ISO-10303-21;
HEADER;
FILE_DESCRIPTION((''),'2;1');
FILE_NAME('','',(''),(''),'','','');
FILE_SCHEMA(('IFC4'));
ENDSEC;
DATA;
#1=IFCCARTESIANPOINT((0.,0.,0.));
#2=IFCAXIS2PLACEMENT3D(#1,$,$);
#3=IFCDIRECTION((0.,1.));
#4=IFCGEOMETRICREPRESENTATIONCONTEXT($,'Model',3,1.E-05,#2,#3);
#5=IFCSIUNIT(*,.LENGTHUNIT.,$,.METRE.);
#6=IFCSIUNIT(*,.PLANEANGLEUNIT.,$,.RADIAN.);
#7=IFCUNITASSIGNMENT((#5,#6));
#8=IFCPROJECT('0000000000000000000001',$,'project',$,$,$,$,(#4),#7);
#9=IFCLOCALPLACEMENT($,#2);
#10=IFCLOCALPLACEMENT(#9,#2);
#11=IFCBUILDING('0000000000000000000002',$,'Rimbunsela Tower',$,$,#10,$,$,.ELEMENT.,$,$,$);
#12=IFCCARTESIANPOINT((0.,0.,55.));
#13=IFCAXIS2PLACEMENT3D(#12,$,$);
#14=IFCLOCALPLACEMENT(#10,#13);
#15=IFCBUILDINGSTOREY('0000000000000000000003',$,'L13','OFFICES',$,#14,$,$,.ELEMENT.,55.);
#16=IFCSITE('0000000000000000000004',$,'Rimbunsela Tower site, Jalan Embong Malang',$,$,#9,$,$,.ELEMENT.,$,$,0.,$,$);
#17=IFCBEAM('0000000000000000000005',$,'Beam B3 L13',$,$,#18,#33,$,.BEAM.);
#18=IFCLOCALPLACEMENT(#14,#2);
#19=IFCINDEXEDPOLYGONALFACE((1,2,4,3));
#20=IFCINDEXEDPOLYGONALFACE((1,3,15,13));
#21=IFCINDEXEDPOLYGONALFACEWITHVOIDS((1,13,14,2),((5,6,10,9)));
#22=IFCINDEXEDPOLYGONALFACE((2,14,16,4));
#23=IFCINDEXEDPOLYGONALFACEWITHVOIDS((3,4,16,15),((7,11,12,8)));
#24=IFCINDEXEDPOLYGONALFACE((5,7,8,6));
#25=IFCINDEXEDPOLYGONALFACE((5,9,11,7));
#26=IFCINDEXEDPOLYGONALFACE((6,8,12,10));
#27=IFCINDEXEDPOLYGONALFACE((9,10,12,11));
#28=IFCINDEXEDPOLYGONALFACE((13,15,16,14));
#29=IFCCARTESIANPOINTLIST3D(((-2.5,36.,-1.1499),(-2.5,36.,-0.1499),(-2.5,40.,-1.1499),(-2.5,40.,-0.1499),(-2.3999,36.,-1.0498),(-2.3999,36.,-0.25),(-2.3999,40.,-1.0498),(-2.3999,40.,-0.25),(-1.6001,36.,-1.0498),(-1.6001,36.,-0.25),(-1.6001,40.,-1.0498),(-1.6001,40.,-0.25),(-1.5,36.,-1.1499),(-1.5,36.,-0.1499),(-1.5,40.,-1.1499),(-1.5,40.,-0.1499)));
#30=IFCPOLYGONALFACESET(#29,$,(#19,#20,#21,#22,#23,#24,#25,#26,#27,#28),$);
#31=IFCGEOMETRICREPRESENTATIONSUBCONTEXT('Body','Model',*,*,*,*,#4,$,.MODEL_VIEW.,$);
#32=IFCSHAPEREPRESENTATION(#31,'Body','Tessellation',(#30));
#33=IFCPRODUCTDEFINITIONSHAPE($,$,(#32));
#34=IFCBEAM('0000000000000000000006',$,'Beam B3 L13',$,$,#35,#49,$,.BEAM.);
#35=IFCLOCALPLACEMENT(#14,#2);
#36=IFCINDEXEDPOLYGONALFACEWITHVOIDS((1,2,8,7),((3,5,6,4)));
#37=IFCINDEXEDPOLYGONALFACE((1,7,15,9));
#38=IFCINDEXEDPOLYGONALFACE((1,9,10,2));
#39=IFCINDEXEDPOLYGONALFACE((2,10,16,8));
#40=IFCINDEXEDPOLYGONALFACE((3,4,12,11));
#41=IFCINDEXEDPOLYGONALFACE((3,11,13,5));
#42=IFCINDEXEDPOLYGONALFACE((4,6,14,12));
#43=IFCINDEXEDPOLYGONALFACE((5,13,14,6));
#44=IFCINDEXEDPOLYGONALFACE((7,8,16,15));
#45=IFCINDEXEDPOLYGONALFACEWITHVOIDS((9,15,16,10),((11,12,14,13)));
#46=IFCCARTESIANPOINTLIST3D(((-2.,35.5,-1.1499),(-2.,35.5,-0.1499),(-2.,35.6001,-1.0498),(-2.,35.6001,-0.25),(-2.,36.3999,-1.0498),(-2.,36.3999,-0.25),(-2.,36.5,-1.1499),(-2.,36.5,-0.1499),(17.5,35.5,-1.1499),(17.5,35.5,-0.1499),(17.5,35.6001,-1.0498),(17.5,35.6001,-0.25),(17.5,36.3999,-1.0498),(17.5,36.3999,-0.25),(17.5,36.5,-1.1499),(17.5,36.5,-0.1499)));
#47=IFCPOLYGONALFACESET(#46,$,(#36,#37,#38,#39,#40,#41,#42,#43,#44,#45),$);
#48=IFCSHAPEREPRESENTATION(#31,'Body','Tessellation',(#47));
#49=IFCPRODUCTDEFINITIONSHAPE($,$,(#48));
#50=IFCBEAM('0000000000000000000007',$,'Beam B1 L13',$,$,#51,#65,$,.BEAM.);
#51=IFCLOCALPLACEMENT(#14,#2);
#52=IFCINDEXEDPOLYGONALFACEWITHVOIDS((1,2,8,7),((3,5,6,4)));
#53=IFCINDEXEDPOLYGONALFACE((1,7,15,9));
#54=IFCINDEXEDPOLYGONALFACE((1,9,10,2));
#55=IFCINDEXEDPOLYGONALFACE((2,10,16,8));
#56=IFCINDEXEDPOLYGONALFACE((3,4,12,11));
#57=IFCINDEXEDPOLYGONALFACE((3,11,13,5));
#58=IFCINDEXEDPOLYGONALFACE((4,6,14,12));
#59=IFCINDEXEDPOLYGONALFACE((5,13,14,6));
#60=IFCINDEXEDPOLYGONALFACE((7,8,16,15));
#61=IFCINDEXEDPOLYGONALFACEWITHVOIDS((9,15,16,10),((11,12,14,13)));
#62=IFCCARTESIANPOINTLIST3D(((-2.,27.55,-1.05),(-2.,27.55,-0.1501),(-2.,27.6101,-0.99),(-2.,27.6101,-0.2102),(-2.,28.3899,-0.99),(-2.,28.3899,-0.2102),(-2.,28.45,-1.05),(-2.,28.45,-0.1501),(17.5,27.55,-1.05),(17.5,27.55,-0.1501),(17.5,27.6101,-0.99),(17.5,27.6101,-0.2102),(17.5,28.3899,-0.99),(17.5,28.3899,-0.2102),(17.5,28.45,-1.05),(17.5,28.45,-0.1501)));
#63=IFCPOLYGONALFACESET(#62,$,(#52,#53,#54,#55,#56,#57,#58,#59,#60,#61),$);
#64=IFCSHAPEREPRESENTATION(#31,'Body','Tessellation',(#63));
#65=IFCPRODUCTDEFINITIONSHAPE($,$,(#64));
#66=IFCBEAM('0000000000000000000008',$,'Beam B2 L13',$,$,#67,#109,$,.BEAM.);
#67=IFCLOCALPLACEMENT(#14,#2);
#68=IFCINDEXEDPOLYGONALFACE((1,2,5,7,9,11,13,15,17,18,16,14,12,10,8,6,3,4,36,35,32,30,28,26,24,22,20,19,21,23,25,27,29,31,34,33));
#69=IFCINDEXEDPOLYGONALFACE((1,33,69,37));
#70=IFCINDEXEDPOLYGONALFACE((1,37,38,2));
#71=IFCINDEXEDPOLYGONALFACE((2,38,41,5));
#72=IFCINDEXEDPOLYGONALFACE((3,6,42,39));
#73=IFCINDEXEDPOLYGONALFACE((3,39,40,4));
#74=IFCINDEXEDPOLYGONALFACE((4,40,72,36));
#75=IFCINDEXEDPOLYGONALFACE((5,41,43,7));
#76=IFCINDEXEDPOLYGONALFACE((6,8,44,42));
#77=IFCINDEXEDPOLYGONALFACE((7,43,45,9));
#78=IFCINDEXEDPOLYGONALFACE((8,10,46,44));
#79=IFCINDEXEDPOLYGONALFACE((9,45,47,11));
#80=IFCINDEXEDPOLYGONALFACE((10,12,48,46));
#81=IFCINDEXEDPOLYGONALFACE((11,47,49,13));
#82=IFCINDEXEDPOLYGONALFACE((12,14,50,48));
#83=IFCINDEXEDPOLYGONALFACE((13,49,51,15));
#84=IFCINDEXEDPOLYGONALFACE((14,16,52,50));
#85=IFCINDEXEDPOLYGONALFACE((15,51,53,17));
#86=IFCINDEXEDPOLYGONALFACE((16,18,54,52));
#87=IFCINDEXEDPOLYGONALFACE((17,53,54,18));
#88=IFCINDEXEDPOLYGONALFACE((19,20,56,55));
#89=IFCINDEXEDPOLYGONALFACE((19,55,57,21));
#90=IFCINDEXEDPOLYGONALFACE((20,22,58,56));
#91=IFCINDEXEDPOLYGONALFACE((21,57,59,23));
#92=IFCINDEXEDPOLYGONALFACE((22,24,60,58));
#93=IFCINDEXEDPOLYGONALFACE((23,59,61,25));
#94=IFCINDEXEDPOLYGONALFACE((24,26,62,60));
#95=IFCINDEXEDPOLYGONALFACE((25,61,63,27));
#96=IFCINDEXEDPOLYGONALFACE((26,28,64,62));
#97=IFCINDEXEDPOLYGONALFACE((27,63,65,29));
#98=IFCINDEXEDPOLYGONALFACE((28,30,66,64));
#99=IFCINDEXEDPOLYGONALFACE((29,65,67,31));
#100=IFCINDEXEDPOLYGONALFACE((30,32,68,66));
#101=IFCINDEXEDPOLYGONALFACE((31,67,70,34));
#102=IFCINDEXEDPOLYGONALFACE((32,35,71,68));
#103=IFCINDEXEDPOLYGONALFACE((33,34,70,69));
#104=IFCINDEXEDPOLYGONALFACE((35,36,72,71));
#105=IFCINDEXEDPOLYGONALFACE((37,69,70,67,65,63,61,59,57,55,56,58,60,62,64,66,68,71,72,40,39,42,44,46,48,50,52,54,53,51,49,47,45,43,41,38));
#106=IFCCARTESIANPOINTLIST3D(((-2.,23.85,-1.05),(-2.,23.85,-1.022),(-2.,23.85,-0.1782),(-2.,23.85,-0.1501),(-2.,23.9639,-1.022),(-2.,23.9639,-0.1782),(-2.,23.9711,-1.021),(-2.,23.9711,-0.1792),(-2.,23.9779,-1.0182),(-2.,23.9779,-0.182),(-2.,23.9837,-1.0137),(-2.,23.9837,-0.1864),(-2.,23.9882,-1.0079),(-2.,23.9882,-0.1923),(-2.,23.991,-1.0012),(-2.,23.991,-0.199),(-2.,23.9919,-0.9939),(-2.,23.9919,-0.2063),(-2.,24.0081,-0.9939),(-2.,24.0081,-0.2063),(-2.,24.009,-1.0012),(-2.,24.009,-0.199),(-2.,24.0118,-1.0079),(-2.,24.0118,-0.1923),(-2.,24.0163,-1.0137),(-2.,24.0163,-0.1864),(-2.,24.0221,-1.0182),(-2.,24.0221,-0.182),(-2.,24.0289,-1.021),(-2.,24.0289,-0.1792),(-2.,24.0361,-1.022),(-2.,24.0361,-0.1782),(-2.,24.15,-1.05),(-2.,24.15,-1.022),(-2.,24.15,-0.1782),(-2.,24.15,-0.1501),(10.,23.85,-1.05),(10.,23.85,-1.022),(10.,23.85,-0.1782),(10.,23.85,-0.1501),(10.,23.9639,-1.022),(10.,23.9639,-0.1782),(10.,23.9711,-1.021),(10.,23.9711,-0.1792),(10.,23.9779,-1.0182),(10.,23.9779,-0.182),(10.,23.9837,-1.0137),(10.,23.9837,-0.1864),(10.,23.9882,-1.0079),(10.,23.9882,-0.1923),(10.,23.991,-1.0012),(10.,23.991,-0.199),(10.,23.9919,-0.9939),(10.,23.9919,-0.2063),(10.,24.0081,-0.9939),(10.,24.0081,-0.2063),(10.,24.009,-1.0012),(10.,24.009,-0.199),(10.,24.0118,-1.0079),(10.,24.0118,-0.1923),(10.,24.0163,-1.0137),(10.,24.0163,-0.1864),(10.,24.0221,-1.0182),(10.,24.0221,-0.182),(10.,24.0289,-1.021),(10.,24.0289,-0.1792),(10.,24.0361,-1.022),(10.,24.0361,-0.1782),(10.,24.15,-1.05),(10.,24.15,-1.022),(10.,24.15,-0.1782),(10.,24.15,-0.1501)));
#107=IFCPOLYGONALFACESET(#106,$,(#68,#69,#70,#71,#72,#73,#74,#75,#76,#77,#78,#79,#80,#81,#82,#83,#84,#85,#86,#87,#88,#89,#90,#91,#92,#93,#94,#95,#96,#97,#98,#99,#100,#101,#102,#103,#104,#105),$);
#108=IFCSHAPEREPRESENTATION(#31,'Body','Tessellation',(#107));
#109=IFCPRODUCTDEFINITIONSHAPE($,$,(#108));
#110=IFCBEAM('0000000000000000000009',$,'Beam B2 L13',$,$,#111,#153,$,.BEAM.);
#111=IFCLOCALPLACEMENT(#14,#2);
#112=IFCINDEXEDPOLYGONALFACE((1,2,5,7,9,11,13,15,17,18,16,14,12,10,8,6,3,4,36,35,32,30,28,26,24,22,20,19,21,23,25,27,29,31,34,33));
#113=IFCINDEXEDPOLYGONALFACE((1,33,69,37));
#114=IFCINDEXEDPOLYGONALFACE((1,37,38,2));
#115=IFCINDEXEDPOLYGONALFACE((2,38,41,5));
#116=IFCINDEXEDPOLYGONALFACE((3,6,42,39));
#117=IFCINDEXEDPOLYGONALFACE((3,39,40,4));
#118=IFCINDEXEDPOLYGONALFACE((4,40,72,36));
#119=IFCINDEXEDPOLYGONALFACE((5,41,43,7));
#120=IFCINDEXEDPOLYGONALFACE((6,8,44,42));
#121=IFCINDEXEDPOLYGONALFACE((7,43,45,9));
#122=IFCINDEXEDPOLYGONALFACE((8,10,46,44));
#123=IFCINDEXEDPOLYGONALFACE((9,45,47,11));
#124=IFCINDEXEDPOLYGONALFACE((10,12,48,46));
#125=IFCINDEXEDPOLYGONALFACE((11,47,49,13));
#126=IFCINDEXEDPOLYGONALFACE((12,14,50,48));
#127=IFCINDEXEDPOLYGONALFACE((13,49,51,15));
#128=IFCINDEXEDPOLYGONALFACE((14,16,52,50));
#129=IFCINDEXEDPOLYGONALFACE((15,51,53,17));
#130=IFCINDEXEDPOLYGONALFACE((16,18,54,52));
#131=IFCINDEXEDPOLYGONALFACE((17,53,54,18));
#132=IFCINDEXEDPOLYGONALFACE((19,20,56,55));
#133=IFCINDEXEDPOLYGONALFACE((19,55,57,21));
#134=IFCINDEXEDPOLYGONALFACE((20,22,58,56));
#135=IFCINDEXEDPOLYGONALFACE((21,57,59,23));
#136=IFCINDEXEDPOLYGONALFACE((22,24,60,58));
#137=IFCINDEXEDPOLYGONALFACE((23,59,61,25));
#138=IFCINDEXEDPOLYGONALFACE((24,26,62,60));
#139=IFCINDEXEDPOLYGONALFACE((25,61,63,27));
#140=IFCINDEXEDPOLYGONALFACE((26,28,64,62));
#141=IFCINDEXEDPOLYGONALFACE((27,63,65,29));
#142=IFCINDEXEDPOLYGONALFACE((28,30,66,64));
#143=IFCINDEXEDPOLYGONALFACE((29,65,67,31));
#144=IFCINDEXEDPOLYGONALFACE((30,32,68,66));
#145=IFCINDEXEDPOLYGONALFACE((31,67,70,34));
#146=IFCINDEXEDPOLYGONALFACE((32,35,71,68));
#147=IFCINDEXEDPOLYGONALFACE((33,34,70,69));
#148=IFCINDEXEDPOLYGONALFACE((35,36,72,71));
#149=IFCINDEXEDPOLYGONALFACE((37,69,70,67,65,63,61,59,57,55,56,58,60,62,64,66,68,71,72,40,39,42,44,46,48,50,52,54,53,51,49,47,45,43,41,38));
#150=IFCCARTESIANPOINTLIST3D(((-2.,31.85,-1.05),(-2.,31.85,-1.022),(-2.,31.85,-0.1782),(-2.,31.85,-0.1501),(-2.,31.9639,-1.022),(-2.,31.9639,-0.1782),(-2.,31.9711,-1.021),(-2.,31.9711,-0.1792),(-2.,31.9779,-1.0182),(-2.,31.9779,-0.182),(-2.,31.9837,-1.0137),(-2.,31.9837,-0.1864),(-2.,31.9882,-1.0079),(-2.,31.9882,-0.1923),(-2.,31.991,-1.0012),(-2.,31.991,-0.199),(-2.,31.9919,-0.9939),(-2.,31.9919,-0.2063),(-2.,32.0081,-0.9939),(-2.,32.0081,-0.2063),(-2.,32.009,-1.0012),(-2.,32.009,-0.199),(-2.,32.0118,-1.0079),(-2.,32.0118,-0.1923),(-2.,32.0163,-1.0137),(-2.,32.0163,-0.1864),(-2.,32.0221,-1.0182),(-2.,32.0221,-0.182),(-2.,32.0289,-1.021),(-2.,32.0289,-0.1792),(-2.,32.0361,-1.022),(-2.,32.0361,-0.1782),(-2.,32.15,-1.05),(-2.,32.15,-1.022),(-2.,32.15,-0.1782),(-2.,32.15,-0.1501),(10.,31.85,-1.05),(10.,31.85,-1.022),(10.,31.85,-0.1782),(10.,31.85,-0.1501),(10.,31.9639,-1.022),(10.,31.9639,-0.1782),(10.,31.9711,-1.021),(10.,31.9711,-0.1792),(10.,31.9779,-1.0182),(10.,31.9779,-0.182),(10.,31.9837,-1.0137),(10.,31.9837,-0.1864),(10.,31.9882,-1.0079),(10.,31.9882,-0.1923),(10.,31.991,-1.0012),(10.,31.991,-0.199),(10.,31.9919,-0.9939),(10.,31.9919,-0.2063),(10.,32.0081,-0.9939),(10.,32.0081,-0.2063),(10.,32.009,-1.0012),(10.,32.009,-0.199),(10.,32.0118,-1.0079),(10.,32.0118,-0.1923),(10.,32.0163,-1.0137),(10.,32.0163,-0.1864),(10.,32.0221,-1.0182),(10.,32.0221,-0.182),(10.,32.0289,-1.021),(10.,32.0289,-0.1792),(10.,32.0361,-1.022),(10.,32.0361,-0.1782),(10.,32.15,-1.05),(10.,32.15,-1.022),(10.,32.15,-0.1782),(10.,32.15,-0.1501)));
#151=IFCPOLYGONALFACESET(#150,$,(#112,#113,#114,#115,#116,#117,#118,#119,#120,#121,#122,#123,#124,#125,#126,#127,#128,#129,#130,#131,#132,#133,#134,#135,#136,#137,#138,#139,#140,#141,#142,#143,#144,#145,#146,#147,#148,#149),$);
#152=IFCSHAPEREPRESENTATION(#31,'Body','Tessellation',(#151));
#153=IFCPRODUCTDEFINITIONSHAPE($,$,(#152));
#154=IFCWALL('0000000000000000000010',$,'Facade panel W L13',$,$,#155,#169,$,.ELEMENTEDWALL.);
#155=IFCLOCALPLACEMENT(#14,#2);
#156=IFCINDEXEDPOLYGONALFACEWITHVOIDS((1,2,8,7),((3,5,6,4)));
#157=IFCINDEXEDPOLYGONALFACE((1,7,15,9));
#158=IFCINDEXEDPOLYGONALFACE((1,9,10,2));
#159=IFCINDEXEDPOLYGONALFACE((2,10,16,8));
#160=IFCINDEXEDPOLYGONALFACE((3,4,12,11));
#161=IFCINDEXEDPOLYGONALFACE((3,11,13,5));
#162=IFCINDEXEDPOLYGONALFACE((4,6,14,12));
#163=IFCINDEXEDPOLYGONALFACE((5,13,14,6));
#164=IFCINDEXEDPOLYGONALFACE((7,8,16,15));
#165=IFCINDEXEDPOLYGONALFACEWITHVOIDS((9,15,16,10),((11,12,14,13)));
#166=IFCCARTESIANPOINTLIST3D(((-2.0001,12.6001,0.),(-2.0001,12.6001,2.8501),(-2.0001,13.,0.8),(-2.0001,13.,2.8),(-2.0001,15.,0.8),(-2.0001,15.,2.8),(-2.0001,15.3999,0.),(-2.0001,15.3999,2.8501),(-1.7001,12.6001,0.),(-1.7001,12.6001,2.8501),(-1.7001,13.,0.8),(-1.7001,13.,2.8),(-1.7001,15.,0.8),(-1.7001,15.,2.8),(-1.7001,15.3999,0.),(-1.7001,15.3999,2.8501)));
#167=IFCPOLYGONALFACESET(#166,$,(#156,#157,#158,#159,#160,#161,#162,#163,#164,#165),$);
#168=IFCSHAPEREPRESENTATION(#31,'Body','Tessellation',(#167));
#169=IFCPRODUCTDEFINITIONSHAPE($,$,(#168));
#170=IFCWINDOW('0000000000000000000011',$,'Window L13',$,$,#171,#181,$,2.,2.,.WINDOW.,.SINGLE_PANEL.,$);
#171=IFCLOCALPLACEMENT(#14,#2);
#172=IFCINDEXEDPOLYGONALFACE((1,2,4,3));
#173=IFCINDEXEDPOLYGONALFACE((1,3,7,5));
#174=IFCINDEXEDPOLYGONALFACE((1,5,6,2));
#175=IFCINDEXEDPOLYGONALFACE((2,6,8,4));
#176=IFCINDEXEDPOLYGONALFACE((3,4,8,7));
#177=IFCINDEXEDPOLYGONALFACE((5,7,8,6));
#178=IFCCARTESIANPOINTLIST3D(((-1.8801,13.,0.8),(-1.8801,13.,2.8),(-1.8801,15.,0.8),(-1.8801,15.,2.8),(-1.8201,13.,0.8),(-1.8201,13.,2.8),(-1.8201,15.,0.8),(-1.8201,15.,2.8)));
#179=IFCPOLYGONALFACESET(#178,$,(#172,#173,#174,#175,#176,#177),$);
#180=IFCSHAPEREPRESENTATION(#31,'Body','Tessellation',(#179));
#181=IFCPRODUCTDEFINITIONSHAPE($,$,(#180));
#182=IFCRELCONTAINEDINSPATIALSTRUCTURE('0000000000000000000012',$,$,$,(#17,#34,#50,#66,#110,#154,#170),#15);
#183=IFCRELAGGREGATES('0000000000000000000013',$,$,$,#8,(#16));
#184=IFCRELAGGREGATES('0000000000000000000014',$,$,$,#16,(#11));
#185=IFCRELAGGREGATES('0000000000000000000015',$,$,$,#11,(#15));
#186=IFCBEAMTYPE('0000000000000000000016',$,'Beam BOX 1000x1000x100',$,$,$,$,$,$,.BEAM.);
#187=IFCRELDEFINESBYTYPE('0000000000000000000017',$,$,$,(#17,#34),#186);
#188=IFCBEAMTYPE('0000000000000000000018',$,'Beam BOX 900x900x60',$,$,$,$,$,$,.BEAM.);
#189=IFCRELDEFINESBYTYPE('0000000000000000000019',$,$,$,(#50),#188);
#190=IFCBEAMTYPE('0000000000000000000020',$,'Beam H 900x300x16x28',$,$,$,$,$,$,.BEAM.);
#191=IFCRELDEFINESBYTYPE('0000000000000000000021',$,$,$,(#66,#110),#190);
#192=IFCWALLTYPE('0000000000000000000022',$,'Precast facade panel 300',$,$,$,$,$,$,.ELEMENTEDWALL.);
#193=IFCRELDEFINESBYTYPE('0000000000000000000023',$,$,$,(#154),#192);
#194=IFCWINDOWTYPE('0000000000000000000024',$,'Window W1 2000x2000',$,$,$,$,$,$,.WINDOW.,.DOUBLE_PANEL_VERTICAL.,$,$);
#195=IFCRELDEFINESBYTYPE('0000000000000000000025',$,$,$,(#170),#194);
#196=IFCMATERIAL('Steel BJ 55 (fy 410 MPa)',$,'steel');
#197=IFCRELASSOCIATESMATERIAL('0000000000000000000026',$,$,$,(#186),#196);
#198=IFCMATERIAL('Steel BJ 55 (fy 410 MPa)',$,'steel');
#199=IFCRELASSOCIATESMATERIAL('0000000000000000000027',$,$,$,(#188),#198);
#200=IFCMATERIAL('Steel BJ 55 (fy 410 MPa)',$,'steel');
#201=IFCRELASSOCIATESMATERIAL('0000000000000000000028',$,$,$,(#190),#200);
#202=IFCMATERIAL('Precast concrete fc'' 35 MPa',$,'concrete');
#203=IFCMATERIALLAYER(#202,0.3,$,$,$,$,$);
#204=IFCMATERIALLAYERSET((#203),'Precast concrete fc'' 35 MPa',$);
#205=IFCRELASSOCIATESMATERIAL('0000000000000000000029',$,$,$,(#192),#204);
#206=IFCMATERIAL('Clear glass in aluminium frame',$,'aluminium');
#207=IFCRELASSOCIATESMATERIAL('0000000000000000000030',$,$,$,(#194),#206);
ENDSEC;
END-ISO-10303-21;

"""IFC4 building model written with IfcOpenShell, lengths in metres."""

from ifc_helpers import new_model, si_unit, direction, frame, frame_2d, origin, origin_2d, place, context, subcontext, project, spatial, rectangle, hollow_rectangle, i_section, extrude, material, layer, layer_set, material_profile, profile_set, type_object, element, fill, save


model = new_model("IFC4")

# Units and contexts
model_context = context("Model", 3, precision=1e-05, world=origin(), true_north=direction((0.0, 1.0)))
body_context = subcontext(model_context, "Body", "Model", "MODEL_VIEW")
ifc_project = project(units=[si_unit("LENGTHUNIT", "METRE"), si_unit("PLANEANGLEUNIT", "RADIAN")], contexts=[model_context])

# Site, building, storey
site_placement = place(None, origin())
site = spatial("IfcSite", under=ifc_project, at=site_placement, Name="Rimbunsela Tower site, Jalan Embong Malang", CompositionType="ELEMENT", RefElevation=0.0)
building_placement = place(site_placement, origin())
building = spatial("IfcBuilding", under=site, at=building_placement, Name="Rimbunsela Tower", CompositionType="ELEMENT")
storey_placement = place(building_placement, frame((0.0, 0.0, 55.0)))
storey = spatial("IfcBuildingStorey", under=building, at=storey_placement, Name="L13", Description="OFFICES", CompositionType="ELEMENT", Elevation=55.0)

# Beams
ifc_material_1 = material(Name="Steel BJ 55 (fy 410 MPa)", Category="steel")
ifc_material_profile_1 = material_profile(ifc_material_1, hollow_rectangle(XDim=1.0, YDim=1.0, WallThickness=0.1001, at=origin_2d()), Name="BOX 1000x1000x100")
ifc_profile_set_1 = profile_set([ifc_material_profile_1], Name="Steel BJ 55 (fy 410 MPa)")
beam_type_1 = type_object("IfcBeamType", Name="Beam BOX 1000x1000x100", PredefinedType="BEAM", material=ifc_profile_set_1)
for number, where, z_axis, x_axis, name in (
    (1, (-2.0, 36.0, -0.6499), (0.0, 1.0, 0.0), (-1.0, 0.0, 0.0), "Beam B3 L13"),
):
    element("IfcBeam", number, at=place(storey_placement, frame(where, z_axis=z_axis, x_axis=x_axis)), inside=storey, type_object=beam_type_1, Name=name, PredefinedType="BEAM", context=body_context, shape_type="SweptSolid", body=[
        extrude(hollow_rectangle(XDim=1.0, YDim=1.0, WallThickness=0.1001, at=origin_2d()), origin(), (0.0, 0.0, 1.0), 4.0),
    ])
beam_1_placement = place(storey_placement, frame((-2.0, 36.0, -0.6499), z_axis=(1.0, 0.0, 0.0), x_axis=(0.0, 1.0, 0.0)))
element("IfcBeam", 2, at=beam_1_placement, inside=storey, type_object=beam_type_1, Name="Beam B3 L13", PredefinedType="BEAM", context=body_context, shape_type="SweptSolid", body=[
    extrude(hollow_rectangle(XDim=1.0, YDim=1.0, WallThickness=0.1001, at=origin_2d()), origin(), (0.0, 0.0, 1.0), 19.5),
])
ifc_material_2 = material(Name="Steel BJ 55 (fy 410 MPa)", Category="steel")
ifc_material_profile_2 = material_profile(ifc_material_2, hollow_rectangle(XDim=0.8999, YDim=0.8999, WallThickness=0.0601, at=origin_2d()), Name="BOX 900x900x60")
ifc_profile_set_2 = profile_set([ifc_material_profile_2], Name="Steel BJ 55 (fy 410 MPa)")
beam_type_2 = type_object("IfcBeamType", Name="Beam BOX 900x900x60", PredefinedType="BEAM", material=ifc_profile_set_2)
beam_2_placement = place(storey_placement, frame((-2.0, 28.0, -0.6001), z_axis=(1.0, 0.0, 0.0), x_axis=(0.0, 1.0, 0.0)))
element("IfcBeam", 3, at=beam_2_placement, inside=storey, type_object=beam_type_2, Name="Beam B1 L13", PredefinedType="BEAM", context=body_context, shape_type="SweptSolid", body=[
    extrude(hollow_rectangle(XDim=0.8999, YDim=0.8999, WallThickness=0.0601, at=origin_2d()), origin(), (0.0, 0.0, 1.0), 19.5),
])
ifc_material_3 = material(Name="Steel BJ 55 (fy 410 MPa)", Category="steel")
ifc_material_profile_3 = material_profile(ifc_material_3, i_section(OverallWidth=0.3, OverallDepth=0.8999, WebThickness=0.0161, FlangeThickness=0.0281, FilletRadius=0.0281, at=origin_2d()), Name="H 900x300x16x28")
ifc_profile_set_3 = profile_set([ifc_material_profile_3], Name="Steel BJ 55 (fy 410 MPa)")
beam_type_3 = type_object("IfcBeamType", Name="Beam H 900x300x16x28", PredefinedType="BEAM", material=ifc_profile_set_3)
for number, where, z_axis, x_axis, name in (
    (4, (-2.0, 24.0, -0.6001), (1.0, 0.0, 0.0), (0.0, 1.0, 0.0), "Beam B2 L13"),
    (5, (-2.0, 32.0, -0.6001), (1.0, 0.0, 0.0), (0.0, 1.0, 0.0), "Beam B2 L13"),
):
    element("IfcBeam", number, at=place(storey_placement, frame(where, z_axis=z_axis, x_axis=x_axis)), inside=storey, type_object=beam_type_3, Name=name, PredefinedType="BEAM", context=body_context, shape_type="SweptSolid", body=[
        extrude(i_section(OverallWidth=0.3, OverallDepth=0.8999, WebThickness=0.0161, FlangeThickness=0.0281, FilletRadius=0.0281, at=origin_2d()), origin(), (0.0, 0.0, 1.0), 12.0),
    ])

# Wall, opening, window
ifc_material_4 = material(Name="Precast concrete fc' 35 MPa", Category="concrete")
ifc_layer_1 = layer(ifc_material_4, 0.3)
ifc_layer_set_1 = layer_set([ifc_layer_1], Name="Precast concrete fc' 35 MPa")
wall_type = type_object("IfcWallType", Name="Precast facade panel 300", PredefinedType="ELEMENTEDWALL", material=ifc_layer_set_1)
wall_1_placement = place(storey_placement, frame((-1.8501, 15.3999, 0.0), z_axis=(0.0, 0.0, 1.0), x_axis=(0.0, -1.0, 0.0)))
wall_1 = element("IfcWall", 6, at=wall_1_placement, inside=storey, type_object=wall_type, Name="Facade panel W L13", PredefinedType="ELEMENTEDWALL", context=body_context, shape_type="SweptSolid", body=[
    extrude(rectangle(XDim=2.7998, YDim=0.3, at=frame_2d((1.3999, 0.0))), origin(), (0.0, 0.0, 1.0), 2.8501),
])
opening_1_placement = place(wall_1_placement, frame((0.3999, 0.0, 0.8)))
opening_1 = element("IfcOpeningElement", 7, at=opening_1_placement, cuts=wall_1, PredefinedType="OPENING", context=body_context, shape_type="SweptSolid", body=[
    extrude(rectangle(XDim=2.0, YDim=2.0, at=frame_2d((1.0, 1.0))), frame((0.0, 0.1599, 0.0), z_axis=(0.0, -1.0, 0.0), x_axis=(1.0, 0.0, 0.0)), (0.0, 0.0, 1.0), 0.3201),
])
ifc_material_5 = material(Name="Clear glass in aluminium frame", Category="aluminium")
window_type = type_object("IfcWindowType", Name="Window W1 2000x2000", PartitioningType="DOUBLE_PANEL_VERTICAL", PredefinedType="WINDOW", material=ifc_material_5)
window_1_placement = place(opening_1_placement, origin())
window_1 = element("IfcWindow", 8, at=window_1_placement, inside=storey, type_object=window_type, Name="Window L13", OverallHeight=2.0, OverallWidth=2.0, PartitioningType="SINGLE_PANEL", PredefinedType="WINDOW", context=body_context, shape_type="SweptSolid", body=[
    extrude(rectangle(XDim=2.0, YDim=2.0, at=frame_2d((1.0, 1.0))), frame((0.0, 0.03, 0.0), z_axis=(0.0, -1.0, 0.0), x_axis=(1.0, 0.0, 0.0)), (0.0, 0.0, 1.0), 0.0601),
])
fill(opening_1, window_1)

save(model, "model.ifc")
